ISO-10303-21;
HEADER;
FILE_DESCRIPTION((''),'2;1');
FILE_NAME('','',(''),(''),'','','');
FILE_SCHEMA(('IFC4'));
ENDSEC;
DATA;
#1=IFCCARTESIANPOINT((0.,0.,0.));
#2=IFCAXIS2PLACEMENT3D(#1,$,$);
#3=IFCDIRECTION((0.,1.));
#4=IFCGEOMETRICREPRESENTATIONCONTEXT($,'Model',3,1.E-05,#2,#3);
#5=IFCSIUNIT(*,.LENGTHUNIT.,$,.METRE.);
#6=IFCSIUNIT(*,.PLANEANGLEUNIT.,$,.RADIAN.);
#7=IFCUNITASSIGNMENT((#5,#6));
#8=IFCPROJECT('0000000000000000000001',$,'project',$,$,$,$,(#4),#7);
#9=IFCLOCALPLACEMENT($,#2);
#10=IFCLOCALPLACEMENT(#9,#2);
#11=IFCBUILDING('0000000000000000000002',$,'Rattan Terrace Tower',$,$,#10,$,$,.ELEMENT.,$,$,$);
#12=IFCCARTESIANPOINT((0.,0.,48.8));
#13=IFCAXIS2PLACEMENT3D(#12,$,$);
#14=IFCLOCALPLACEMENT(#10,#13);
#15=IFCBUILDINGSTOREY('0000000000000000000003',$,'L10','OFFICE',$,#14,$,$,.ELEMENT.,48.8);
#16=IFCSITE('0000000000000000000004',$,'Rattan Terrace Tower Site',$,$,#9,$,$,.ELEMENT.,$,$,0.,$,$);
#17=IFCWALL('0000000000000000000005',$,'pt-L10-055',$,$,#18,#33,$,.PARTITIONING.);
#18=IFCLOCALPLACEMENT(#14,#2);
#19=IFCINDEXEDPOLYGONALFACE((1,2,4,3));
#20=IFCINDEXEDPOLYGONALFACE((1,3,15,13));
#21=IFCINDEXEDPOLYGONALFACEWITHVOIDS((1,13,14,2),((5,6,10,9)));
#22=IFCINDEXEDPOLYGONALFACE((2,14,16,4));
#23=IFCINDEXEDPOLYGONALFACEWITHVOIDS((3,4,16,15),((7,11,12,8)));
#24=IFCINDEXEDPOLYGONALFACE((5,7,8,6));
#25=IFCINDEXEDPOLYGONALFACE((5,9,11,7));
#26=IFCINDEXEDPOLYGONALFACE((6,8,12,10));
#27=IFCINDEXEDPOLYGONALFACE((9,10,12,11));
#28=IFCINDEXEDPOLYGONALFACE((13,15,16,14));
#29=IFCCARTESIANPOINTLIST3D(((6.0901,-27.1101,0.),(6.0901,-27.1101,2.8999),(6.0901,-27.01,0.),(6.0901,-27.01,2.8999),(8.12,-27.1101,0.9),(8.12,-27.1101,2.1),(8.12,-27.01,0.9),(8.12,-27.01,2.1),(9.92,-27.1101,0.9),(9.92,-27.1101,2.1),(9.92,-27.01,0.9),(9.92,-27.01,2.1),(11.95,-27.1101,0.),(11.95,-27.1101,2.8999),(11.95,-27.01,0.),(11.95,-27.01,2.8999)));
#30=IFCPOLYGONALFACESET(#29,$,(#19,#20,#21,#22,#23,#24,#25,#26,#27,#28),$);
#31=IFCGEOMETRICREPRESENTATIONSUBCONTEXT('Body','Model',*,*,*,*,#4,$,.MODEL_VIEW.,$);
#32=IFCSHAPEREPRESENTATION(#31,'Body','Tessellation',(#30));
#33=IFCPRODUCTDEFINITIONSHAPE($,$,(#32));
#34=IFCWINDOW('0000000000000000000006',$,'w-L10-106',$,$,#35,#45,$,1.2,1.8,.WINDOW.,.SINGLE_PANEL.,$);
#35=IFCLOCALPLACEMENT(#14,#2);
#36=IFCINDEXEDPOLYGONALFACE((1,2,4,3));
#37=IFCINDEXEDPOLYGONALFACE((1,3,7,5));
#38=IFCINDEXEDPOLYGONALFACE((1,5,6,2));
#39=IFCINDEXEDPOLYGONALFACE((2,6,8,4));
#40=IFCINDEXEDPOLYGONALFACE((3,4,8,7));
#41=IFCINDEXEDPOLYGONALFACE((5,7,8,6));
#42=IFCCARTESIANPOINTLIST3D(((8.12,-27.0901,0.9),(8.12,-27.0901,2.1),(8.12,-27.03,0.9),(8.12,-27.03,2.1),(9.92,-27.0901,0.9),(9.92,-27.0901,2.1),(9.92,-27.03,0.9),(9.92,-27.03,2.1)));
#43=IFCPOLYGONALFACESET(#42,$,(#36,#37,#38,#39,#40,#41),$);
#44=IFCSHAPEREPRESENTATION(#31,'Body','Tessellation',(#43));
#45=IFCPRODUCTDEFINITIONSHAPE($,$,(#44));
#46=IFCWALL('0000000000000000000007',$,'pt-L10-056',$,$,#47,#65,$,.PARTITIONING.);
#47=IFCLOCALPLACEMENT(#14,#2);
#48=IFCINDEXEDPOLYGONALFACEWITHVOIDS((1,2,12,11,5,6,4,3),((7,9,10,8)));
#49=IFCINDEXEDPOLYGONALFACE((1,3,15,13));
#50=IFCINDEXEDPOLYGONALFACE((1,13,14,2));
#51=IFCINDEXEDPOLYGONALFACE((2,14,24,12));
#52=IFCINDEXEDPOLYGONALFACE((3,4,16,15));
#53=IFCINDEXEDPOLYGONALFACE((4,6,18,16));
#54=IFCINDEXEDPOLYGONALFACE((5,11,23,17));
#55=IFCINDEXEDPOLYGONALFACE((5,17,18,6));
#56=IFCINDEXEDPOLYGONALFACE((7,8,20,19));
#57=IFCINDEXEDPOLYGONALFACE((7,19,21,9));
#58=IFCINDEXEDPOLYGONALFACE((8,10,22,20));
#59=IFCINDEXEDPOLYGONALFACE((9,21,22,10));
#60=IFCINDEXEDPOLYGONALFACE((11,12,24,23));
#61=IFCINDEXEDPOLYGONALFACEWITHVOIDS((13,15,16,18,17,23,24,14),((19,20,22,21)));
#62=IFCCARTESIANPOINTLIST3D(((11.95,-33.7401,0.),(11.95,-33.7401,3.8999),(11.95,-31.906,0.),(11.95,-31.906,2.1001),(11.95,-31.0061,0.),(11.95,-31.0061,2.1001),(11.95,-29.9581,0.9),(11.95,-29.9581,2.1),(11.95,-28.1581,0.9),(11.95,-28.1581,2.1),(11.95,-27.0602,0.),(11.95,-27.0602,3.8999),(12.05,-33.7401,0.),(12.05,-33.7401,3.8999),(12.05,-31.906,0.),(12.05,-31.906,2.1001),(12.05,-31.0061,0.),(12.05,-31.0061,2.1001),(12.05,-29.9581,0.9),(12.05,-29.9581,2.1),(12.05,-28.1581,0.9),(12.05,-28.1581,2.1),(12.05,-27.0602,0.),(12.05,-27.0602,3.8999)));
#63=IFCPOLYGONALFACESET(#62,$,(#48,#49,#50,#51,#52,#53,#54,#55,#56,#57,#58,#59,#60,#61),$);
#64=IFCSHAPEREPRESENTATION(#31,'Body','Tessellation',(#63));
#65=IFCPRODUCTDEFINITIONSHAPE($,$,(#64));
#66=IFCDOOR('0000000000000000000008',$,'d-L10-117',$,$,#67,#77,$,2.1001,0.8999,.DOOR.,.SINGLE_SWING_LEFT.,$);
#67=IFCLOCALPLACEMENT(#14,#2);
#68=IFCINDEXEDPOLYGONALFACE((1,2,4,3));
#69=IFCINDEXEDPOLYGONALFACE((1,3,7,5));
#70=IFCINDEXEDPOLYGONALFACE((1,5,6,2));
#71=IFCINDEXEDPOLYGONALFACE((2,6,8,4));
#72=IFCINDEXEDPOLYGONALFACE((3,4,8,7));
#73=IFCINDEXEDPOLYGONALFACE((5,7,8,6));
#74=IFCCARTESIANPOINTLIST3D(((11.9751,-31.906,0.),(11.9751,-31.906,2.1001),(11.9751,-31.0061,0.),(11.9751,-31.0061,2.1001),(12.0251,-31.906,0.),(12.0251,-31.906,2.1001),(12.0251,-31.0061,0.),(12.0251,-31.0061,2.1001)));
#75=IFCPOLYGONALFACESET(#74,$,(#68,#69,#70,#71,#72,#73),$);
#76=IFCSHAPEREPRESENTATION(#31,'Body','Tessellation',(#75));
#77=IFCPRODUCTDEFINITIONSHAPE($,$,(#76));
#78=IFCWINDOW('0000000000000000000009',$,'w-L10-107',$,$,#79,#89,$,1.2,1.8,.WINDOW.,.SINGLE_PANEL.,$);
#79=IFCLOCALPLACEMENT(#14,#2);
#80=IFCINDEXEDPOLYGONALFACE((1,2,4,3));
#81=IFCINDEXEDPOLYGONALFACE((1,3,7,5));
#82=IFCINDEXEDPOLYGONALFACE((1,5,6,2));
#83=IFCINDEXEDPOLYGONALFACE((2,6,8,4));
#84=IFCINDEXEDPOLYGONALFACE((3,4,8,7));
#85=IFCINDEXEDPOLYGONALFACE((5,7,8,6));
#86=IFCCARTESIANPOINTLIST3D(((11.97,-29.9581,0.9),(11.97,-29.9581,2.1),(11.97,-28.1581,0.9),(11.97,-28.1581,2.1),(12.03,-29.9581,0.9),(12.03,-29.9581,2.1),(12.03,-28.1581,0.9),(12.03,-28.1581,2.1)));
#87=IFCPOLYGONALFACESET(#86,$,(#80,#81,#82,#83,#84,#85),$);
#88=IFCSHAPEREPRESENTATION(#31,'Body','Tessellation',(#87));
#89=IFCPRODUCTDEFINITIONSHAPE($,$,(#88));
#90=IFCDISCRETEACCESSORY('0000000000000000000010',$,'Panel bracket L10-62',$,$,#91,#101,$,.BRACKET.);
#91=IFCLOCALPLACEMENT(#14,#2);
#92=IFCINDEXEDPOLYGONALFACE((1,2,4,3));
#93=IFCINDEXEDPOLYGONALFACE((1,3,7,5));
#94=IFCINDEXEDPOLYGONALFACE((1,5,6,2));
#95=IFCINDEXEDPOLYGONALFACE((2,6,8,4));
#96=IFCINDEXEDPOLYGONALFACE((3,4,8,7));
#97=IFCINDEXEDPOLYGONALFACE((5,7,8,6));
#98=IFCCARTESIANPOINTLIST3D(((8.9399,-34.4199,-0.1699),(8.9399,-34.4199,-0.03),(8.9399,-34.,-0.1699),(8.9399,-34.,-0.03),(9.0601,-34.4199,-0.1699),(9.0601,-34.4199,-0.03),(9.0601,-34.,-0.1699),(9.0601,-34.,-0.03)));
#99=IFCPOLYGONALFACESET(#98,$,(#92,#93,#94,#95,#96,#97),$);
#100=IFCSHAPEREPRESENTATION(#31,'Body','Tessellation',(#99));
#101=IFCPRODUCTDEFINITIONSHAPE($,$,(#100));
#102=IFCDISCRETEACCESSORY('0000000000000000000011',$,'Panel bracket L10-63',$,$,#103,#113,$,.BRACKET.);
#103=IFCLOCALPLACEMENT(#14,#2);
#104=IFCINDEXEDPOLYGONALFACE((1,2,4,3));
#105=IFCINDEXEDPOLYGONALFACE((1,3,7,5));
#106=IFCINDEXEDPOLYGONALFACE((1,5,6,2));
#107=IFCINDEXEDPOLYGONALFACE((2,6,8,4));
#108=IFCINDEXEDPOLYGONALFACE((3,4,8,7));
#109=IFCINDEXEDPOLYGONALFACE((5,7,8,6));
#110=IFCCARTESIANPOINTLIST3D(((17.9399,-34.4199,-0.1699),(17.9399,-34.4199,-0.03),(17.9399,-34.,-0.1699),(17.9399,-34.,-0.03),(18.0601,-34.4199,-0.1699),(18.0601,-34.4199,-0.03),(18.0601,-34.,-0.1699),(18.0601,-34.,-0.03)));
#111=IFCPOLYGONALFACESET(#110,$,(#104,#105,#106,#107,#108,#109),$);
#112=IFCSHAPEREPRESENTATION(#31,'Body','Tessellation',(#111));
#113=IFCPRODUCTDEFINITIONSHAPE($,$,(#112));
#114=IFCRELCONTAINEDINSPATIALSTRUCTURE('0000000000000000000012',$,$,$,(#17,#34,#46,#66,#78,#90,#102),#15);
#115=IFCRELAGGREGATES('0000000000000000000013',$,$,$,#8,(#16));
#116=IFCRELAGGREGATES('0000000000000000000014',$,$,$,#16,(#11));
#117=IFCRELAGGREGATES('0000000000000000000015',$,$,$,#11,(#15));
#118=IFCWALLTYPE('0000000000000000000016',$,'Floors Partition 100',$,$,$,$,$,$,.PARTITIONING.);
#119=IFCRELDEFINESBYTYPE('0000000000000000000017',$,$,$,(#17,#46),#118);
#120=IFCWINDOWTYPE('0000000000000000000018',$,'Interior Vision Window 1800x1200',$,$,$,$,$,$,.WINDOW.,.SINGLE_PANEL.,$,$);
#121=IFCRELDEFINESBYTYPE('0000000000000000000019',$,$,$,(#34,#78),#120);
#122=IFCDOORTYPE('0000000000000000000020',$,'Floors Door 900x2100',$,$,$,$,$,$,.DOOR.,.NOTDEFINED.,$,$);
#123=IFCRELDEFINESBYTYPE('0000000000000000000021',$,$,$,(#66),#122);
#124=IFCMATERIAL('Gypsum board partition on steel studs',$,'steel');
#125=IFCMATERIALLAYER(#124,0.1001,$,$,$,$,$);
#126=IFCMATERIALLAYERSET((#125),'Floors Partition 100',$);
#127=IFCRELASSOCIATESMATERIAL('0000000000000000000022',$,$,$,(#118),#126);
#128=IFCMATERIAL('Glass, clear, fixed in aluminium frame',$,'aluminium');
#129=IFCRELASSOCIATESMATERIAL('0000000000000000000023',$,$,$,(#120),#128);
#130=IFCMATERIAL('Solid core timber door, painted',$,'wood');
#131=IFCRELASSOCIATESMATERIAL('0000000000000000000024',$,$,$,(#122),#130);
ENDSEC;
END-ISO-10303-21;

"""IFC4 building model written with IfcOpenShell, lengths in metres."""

from ifc_helpers import new_model, si_unit, direction, frame, frame_2d, origin, origin_2d, place, context, subcontext, project, spatial, rectangle, extrude, material, layer, layer_set, type_object, element, fill, save


model = new_model("IFC4")

# Units and contexts
model_context = context("Model", 3, precision=1e-05, world=origin(), true_north=direction((0.0, 1.0)))
body_context = subcontext(model_context, "Body", "Model", "MODEL_VIEW")
ifc_project = project(units=[si_unit("LENGTHUNIT", "METRE"), si_unit("PLANEANGLEUNIT", "RADIAN")], contexts=[model_context])

# Site, building, storey
site_placement = place(None, origin())
site = spatial("IfcSite", under=ifc_project, at=site_placement, Name="Rattan Terrace Tower Site", CompositionType="ELEMENT", RefElevation=0.0)
building_placement = place(site_placement, origin())
building = spatial("IfcBuilding", under=site, at=building_placement, Name="Rattan Terrace Tower", CompositionType="ELEMENT")
storey_placement = place(building_placement, frame((0.0, 0.0, 48.8)))
storey = spatial("IfcBuildingStorey", under=building, at=storey_placement, Name="L10", Description="OFFICE", CompositionType="ELEMENT", Elevation=48.8)

# Wall, opening, window
ifc_material_1 = material(Name="Gypsum board partition on steel studs", Category="steel")
ifc_layer_1 = layer(ifc_material_1, 0.1001)
ifc_layer_set_1 = layer_set([ifc_layer_1], Name="Floors Partition 100")
wall_type_1 = type_object("IfcWallType", Name="Floors Partition 100", PredefinedType="PARTITIONING", material=ifc_layer_set_1)
wall_1_placement = place(storey_placement, frame((11.95, -27.0601, 0.0), z_axis=(0.0, 0.0, 1.0), x_axis=(-1.0, 0.0, 0.0)))
wall_1 = element("IfcWall", 1, at=wall_1_placement, inside=storey, type_object=wall_type_1, Name="pt-L10-055", PredefinedType="PARTITIONING", context=body_context, shape_type="SweptSolid", body=[
    extrude(rectangle(XDim=5.8599, YDim=0.1001, at=frame_2d((2.9299, 0.0))), origin(), (0.0, 0.0, 1.0), 2.8999),
])
opening_1_placement = place(wall_1_placement, frame((2.03, 0.0, 0.8999)))
opening_1 = element("IfcOpeningElement", 2, at=opening_1_placement, cuts=wall_1, PredefinedType="OPENING", context=body_context, shape_type="SweptSolid", body=[
    extrude(rectangle(XDim=1.8, YDim=1.2, at=frame_2d((0.8999, 0.6001))), frame((0.0, 0.0605, 0.0), z_axis=(0.0, -1.0, 0.0), x_axis=(1.0, 0.0, 0.0)), (0.0, 0.0, 1.0), 0.1211),
])
ifc_material_2 = material(Name="Glass, clear, fixed in aluminium frame", Category="aluminium")
window_type = type_object("IfcWindowType", Name="Interior Vision Window 1800x1200", PartitioningType="SINGLE_PANEL", PredefinedType="WINDOW", material=ifc_material_2)
window_1_placement = place(opening_1_placement, origin())
window_1 = element("IfcWindow", 3, at=window_1_placement, inside=storey, type_object=window_type, Name="w-L10-106", OverallHeight=1.2, OverallWidth=1.8, PartitioningType="SINGLE_PANEL", PredefinedType="WINDOW", context=body_context, shape_type="SweptSolid", body=[
    extrude(rectangle(XDim=1.8, YDim=1.2, at=frame_2d((0.8999, 0.6001))), frame((0.0, 0.03, 0.0), z_axis=(0.0, -1.0, 0.0), x_axis=(1.0, 0.0, 0.0)), (0.0, 0.0, 1.0), 0.0601),
])
fill(opening_1, window_1)

# Wall, openings, door, window
wall_2_placement = place(storey_placement, frame((12.0, -33.74, 0.0), z_axis=(0.0, 0.0, 1.0), x_axis=(0.0, 1.0, 0.0)))
wall_2 = element("IfcWall", 4, at=wall_2_placement, inside=storey, type_object=wall_type_1, Name="pt-L10-056", PredefinedType="PARTITIONING", context=body_context, shape_type="SweptSolid", body=[
    extrude(rectangle(XDim=6.6799, YDim=0.1001, at=frame_2d((3.3398, 0.0))), origin(), (0.0, 0.0, 1.0), 3.8999),
])
opening_2_placement = place(wall_2_placement, frame((1.834, 0.0, 0.0)))
opening_2 = element("IfcOpeningElement", 5, at=opening_2_placement, cuts=wall_2, PredefinedType="OPENING", context=body_context, shape_type="SweptSolid", body=[
    extrude(rectangle(XDim=0.8999, YDim=2.1001, at=frame_2d((0.45, 1.05))), frame((0.0, 0.0605, 0.0), z_axis=(0.0, -1.0, 0.0), x_axis=(1.0, 0.0, 0.0)), (0.0, 0.0, 1.0), 0.1211),
])
opening_3_placement = place(wall_2_placement, frame((3.782, 0.0, 0.8999)))
opening_3 = element("IfcOpeningElement", 6, at=opening_3_placement, cuts=wall_2, PredefinedType="OPENING", context=body_context, shape_type="SweptSolid", body=[
    extrude(rectangle(XDim=1.8, YDim=1.2, at=frame_2d((0.8999, 0.6001))), frame((0.0, 0.0605, 0.0), z_axis=(0.0, -1.0, 0.0), x_axis=(1.0, 0.0, 0.0)), (0.0, 0.0, 1.0), 0.1211),
])
ifc_material_3 = material(Name="Solid core timber door, painted", Category="wood")
door_type = type_object("IfcDoorType", Name="Floors Door 900x2100", OperationType="NOTDEFINED", PredefinedType="DOOR", material=ifc_material_3)
door_placement = place(opening_2_placement, origin())
door = element("IfcDoor", 7, at=door_placement, inside=storey, type_object=door_type, Name="d-L10-117", OperationType="SINGLE_SWING_LEFT", OverallHeight=2.1001, OverallWidth=0.8999, PredefinedType="DOOR", context=body_context, shape_type="SweptSolid", body=[
    extrude(rectangle(XDim=0.8999, YDim=2.1001, at=frame_2d((0.45, 1.05))), frame((0.0, 0.0249, 0.0), z_axis=(0.0, -1.0, 0.0), x_axis=(1.0, 0.0, 0.0)), (0.0, 0.0, 1.0), 0.05),
])
fill(opening_2, door)
window_2_placement = place(opening_3_placement, origin())
window_2 = element("IfcWindow", 8, at=window_2_placement, inside=storey, type_object=window_type, Name="w-L10-107", OverallHeight=1.2, OverallWidth=1.8, PartitioningType="SINGLE_PANEL", PredefinedType="WINDOW", context=body_context, shape_type="SweptSolid", body=[
    extrude(rectangle(XDim=1.8, YDim=1.2, at=frame_2d((0.8999, 0.6001))), frame((0.0, 0.03, 0.0), z_axis=(0.0, -1.0, 0.0), x_axis=(1.0, 0.0, 0.0)), (0.0, 0.0, 1.0), 0.0601),
])
fill(opening_3, window_2)

# Discrete accessories
for number, where, z_axis, x_axis, name in (
    (9, (9.0, -34.21, -0.1699), (0.0, 0.0, 1.0), (1.0, 0.0, 0.0), "Panel bracket L10-62"),
    (10, (18.0, -34.21, -0.1699), (0.0, 0.0, 1.0), (1.0, 0.0, 0.0), "Panel bracket L10-63"),
):
    element("IfcDiscreteAccessory", number, at=place(storey_placement, frame(where, z_axis=z_axis, x_axis=x_axis)), inside=storey, Name=name, PredefinedType="BRACKET", context=body_context, shape_type="SweptSolid", body=[
        extrude(rectangle(XDim=0.1201, YDim=0.4199, at=origin_2d()), origin(), (0.0, 0.0, 1.0), 0.1399),
    ])

save(model, "model.ifc")
